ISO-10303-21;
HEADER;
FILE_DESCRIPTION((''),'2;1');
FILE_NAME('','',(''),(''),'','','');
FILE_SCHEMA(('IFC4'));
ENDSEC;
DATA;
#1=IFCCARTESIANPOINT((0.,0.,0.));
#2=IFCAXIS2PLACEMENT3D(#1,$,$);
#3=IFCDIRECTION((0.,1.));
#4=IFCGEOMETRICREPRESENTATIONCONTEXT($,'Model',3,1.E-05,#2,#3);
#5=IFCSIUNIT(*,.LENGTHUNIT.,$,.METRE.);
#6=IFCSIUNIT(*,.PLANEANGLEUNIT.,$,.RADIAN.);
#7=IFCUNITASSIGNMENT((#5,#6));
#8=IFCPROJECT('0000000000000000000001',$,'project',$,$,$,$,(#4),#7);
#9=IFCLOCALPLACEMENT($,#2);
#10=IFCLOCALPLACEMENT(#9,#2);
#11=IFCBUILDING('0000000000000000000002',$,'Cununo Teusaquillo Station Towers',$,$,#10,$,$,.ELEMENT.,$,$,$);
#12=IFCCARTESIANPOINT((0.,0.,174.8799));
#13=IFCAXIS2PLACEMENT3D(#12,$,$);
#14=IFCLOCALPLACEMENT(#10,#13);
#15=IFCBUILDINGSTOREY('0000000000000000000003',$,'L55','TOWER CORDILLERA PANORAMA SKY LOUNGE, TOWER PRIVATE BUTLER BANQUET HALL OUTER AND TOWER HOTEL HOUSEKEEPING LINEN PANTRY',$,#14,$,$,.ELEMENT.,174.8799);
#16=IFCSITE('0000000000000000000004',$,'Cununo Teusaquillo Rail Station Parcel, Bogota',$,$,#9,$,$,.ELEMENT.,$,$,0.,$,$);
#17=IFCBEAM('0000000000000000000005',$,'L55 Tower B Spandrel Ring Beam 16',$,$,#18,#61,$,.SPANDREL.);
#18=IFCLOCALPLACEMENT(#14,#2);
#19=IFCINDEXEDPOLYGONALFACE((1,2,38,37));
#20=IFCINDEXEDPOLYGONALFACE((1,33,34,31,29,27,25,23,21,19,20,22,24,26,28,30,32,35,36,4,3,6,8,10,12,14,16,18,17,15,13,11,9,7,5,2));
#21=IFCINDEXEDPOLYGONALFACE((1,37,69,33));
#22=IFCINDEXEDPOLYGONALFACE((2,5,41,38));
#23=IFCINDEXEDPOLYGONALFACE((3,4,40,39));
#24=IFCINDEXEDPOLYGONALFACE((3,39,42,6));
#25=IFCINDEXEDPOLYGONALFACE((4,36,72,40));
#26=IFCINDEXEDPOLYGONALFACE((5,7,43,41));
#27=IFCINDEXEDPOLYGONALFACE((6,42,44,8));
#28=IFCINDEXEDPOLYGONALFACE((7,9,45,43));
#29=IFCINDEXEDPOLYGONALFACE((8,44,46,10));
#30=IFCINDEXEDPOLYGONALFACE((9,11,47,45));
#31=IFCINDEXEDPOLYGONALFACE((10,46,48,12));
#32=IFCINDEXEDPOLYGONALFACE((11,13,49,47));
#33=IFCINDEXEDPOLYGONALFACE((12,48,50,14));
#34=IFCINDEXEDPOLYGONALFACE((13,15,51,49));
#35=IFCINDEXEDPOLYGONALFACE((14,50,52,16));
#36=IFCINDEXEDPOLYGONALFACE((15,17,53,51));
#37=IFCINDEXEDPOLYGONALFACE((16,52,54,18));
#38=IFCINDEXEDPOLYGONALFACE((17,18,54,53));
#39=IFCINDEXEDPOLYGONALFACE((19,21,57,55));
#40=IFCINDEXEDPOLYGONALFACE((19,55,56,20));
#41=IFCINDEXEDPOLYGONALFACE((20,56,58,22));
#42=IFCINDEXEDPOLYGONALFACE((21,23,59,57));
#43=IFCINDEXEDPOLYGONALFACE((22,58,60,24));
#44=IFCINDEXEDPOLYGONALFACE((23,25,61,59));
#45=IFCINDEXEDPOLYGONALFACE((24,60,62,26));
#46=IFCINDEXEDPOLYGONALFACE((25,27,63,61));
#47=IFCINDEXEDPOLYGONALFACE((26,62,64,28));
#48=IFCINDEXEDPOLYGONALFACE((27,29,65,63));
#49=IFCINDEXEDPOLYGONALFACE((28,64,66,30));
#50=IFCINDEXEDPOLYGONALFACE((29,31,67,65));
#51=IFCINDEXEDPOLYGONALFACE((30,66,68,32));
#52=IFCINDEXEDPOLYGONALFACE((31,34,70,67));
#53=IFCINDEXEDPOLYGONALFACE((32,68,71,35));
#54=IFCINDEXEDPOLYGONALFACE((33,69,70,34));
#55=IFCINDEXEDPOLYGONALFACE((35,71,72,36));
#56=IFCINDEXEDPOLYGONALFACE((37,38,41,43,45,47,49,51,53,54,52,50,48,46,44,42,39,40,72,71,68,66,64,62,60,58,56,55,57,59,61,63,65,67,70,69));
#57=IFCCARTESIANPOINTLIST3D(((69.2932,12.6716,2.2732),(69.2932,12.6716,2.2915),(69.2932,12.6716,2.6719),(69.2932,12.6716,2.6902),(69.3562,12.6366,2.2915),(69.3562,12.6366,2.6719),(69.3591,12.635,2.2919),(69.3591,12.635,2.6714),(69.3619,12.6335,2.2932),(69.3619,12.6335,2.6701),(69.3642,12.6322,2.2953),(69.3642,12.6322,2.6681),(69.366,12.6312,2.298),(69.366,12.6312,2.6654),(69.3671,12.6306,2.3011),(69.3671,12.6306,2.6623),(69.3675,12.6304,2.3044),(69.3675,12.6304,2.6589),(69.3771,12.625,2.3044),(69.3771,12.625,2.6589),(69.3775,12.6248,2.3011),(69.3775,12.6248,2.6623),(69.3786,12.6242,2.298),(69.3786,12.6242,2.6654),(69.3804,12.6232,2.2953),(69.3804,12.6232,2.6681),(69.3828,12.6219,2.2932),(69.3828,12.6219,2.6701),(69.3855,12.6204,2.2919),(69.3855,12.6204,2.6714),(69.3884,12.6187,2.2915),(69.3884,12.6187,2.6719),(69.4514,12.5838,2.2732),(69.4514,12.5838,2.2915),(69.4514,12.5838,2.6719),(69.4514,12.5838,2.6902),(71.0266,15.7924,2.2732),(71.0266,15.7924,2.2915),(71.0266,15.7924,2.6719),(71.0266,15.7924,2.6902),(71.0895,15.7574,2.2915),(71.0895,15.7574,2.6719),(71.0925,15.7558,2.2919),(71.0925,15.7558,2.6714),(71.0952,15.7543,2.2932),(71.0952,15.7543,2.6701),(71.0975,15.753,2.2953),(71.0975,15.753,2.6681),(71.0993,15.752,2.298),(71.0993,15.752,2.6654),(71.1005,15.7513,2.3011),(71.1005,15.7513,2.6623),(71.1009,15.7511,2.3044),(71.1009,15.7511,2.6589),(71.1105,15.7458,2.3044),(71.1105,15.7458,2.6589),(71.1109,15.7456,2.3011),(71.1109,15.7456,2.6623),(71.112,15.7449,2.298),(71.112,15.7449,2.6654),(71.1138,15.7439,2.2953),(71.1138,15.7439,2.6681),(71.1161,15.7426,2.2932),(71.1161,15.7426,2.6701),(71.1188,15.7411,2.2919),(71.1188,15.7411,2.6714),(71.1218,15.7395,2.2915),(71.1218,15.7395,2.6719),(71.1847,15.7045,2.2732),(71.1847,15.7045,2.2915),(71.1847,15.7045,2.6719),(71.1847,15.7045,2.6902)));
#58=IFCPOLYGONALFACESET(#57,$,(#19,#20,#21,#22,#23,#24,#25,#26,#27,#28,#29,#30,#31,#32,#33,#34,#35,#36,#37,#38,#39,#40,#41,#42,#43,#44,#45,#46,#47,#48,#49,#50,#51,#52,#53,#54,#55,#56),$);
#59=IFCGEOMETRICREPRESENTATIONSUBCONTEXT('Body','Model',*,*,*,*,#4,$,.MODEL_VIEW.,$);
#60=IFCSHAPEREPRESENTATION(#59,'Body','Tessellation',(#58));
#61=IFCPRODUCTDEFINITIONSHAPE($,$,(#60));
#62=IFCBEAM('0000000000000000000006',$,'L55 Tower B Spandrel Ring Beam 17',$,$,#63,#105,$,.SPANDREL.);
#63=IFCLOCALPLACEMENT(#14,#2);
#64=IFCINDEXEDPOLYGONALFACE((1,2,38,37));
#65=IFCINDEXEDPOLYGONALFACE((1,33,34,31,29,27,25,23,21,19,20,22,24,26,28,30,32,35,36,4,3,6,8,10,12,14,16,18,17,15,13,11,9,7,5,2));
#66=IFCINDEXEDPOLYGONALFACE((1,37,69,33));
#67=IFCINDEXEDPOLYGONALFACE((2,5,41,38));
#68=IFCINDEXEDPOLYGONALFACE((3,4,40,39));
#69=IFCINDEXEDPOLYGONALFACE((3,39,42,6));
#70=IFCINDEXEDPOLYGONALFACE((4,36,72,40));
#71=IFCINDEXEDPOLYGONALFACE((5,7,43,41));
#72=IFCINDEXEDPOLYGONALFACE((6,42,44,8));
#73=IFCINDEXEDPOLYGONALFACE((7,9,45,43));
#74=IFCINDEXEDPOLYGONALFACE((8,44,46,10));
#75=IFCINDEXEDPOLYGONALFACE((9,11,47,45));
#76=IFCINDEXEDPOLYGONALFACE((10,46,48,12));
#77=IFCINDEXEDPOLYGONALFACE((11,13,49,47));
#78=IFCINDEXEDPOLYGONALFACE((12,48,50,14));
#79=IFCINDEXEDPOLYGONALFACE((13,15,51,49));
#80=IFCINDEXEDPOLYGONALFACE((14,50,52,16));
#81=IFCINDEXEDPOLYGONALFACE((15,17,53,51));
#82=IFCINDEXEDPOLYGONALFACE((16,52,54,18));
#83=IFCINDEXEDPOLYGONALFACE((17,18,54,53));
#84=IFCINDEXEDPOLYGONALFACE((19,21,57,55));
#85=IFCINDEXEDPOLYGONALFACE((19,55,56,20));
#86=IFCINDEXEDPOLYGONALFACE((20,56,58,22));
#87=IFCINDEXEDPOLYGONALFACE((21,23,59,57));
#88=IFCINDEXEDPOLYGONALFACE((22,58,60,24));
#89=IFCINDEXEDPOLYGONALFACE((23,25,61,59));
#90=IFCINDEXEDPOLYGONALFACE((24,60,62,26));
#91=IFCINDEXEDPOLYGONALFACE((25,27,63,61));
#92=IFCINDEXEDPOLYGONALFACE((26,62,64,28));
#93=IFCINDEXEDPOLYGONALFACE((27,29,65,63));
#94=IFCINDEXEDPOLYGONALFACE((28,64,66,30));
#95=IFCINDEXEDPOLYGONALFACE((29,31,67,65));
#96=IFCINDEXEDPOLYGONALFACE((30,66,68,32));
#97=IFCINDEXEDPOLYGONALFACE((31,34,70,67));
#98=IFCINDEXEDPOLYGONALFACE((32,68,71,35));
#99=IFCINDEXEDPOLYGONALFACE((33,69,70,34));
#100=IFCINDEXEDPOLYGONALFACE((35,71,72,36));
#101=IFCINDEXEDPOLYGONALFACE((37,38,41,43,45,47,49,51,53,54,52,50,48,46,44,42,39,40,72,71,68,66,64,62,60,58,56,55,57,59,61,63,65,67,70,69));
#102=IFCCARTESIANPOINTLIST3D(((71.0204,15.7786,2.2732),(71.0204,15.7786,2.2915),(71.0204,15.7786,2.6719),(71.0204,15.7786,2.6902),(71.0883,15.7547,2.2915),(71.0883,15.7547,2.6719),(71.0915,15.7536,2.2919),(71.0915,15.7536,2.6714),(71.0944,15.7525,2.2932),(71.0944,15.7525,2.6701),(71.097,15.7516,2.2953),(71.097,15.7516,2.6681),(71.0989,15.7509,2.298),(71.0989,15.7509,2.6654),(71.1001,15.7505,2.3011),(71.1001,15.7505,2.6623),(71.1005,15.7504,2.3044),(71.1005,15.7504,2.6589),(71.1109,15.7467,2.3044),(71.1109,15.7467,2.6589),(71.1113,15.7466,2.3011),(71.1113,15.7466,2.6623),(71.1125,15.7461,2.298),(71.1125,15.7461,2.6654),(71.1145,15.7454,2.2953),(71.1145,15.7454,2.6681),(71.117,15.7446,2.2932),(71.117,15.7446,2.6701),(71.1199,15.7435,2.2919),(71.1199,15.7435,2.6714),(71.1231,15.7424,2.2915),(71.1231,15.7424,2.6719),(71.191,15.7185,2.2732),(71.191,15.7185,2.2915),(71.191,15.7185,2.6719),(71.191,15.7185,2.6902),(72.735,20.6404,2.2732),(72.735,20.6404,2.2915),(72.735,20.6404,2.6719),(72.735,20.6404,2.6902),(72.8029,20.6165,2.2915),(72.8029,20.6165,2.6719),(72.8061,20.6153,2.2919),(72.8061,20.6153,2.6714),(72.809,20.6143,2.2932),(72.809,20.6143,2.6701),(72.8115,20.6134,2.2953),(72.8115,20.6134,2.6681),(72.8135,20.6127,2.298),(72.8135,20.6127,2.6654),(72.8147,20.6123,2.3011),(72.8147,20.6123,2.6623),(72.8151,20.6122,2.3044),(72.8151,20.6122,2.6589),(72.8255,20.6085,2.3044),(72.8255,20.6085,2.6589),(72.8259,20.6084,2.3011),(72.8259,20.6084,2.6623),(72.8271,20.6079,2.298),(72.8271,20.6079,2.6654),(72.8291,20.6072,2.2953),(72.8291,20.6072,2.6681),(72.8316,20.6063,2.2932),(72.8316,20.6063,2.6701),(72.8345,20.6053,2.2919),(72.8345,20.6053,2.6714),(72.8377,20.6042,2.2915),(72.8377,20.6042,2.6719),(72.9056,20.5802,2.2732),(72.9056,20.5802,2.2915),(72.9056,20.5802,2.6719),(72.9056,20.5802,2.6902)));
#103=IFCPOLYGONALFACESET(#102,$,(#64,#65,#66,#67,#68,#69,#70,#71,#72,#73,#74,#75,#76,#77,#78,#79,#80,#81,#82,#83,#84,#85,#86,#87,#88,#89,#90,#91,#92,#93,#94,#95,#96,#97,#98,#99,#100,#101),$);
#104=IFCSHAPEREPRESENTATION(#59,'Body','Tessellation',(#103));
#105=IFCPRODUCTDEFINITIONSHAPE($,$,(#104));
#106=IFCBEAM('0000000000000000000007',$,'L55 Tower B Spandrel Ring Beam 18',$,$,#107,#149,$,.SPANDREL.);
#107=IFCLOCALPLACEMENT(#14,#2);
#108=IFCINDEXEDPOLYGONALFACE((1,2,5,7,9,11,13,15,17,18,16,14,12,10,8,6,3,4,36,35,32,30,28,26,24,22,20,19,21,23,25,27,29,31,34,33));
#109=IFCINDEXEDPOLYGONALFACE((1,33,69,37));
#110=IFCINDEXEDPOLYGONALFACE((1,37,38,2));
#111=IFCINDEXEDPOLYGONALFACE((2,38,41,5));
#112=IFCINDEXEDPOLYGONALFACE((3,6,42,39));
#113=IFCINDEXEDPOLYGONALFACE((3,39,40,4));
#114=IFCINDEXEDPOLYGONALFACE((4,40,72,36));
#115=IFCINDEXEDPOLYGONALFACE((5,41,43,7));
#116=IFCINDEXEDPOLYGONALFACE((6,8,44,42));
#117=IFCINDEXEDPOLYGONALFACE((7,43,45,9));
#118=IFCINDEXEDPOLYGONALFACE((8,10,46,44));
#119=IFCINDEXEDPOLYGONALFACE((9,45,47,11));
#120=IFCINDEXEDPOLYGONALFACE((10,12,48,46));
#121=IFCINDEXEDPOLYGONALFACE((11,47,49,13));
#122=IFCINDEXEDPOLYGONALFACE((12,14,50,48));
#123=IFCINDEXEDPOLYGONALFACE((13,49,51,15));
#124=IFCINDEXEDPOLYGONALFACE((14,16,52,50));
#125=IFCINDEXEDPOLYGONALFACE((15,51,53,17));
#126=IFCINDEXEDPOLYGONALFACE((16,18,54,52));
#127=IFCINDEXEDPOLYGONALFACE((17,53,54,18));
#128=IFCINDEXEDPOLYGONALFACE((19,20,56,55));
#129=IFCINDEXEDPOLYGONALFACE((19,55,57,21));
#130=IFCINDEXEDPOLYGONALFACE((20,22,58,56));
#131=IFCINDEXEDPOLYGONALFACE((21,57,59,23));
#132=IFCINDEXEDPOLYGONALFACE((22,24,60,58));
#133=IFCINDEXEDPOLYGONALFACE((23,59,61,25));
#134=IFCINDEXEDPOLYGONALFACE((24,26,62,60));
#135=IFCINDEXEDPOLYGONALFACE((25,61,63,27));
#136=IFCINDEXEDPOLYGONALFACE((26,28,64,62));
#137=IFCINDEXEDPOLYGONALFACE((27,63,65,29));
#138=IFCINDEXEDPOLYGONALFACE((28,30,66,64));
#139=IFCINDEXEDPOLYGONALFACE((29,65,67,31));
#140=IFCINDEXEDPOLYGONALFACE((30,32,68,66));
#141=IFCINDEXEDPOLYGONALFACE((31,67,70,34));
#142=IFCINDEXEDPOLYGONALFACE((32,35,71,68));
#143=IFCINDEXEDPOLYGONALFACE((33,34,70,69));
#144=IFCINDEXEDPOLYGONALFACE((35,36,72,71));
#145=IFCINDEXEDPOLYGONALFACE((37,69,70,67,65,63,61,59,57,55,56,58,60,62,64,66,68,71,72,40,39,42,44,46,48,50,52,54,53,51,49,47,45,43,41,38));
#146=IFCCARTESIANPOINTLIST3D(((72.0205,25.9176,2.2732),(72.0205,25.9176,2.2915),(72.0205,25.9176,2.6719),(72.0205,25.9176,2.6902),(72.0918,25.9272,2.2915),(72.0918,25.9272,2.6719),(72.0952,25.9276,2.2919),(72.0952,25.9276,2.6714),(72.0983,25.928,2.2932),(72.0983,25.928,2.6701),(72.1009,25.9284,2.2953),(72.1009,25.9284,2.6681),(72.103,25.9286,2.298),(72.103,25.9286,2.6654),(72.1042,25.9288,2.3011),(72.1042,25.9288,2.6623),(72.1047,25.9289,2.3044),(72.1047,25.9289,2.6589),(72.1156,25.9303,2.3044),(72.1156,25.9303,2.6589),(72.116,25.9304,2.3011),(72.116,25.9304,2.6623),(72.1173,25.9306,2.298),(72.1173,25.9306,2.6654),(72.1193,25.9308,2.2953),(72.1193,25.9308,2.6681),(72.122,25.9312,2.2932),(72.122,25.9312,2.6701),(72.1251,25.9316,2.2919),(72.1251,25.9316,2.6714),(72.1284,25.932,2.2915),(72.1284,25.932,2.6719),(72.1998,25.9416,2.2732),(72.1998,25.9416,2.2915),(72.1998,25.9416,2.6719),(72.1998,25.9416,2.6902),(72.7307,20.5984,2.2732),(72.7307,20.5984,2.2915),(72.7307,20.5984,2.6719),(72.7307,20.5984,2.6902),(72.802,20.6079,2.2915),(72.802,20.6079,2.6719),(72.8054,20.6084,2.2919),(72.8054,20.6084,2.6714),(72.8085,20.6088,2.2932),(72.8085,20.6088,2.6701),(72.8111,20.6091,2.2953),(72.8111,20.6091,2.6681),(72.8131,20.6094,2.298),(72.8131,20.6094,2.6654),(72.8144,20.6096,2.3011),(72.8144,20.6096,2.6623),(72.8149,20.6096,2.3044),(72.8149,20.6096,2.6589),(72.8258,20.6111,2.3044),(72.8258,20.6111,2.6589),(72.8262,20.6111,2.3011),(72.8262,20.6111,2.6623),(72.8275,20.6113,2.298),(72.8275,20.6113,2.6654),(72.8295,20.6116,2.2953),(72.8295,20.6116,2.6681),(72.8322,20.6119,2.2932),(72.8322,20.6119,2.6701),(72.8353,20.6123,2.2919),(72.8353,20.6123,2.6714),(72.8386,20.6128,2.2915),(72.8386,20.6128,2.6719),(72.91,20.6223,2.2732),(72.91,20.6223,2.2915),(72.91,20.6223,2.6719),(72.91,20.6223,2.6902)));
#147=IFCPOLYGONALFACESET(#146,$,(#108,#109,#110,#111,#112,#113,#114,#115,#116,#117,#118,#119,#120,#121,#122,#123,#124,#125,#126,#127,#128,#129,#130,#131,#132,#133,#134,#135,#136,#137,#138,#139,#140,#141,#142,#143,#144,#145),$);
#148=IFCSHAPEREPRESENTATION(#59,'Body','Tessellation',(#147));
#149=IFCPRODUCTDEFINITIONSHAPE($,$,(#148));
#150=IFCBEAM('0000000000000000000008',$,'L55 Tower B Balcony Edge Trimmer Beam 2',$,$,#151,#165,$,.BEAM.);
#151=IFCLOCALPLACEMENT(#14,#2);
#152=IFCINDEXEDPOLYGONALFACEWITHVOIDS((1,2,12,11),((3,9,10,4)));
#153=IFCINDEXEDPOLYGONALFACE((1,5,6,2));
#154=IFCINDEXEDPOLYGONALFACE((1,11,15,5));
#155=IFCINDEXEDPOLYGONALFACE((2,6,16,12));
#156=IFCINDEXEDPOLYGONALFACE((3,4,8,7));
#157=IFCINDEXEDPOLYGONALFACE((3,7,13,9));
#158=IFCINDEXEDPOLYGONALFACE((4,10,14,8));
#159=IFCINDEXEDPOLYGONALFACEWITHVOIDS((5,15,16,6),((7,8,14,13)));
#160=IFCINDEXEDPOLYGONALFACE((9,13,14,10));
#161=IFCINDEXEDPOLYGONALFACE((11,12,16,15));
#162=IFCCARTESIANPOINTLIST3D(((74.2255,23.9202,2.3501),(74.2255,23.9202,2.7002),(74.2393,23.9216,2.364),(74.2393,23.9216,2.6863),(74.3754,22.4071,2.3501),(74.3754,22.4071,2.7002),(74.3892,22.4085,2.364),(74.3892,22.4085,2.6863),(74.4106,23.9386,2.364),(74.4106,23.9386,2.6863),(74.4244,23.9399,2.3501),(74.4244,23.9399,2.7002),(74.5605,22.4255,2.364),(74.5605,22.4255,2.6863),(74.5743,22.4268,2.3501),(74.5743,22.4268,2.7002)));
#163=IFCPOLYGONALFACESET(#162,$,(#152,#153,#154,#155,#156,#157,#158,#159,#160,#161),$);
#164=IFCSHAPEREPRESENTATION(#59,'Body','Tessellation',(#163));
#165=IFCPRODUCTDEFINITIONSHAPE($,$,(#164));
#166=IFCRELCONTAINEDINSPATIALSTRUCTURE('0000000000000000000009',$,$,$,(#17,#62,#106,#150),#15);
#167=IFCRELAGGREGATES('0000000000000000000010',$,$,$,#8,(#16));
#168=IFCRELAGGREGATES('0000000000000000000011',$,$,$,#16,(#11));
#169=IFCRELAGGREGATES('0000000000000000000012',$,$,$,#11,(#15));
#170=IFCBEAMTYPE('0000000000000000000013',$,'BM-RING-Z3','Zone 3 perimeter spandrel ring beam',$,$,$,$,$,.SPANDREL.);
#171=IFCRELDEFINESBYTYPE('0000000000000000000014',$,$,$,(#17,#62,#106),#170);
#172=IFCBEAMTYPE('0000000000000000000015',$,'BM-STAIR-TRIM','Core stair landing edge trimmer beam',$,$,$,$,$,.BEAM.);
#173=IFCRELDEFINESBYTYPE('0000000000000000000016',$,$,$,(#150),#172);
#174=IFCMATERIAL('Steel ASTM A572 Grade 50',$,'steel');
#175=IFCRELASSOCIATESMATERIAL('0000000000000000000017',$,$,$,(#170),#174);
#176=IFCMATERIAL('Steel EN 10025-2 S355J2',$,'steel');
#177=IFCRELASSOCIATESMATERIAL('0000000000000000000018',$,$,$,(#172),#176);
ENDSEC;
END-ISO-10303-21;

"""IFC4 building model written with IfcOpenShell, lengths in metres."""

from ifc_helpers import new_model, si_unit, direction, frame, origin, origin_2d, place, context, subcontext, project, spatial, hollow_rectangle, i_section, extrude, material, material_profile, profile_set, type_object, element, save


model = new_model("IFC4")

# Units and contexts
model_context = context("Model", 3, precision=1e-05, world=origin(), true_north=direction((0.0, 1.0)))
body_context = subcontext(model_context, "Body", "Model", "MODEL_VIEW")
ifc_project = project(units=[si_unit("LENGTHUNIT", "METRE"), si_unit("PLANEANGLEUNIT", "RADIAN")], contexts=[model_context])

# Site, building, storey
site_placement = place(None, origin())
site = spatial("IfcSite", under=ifc_project, at=site_placement, Name="Cununo Teusaquillo Rail Station Parcel, Bogota", CompositionType="ELEMENT", RefElevation=0.0)
building_placement = place(site_placement, origin())
building = spatial("IfcBuilding", under=site, at=building_placement, Name="Cununo Teusaquillo Station Towers", CompositionType="ELEMENT")
storey_placement = place(building_placement, frame((0.0, 0.0, 174.8799)))
storey = spatial("IfcBuildingStorey", under=building, at=storey_placement, Name="L55", Description="TOWER CORDILLERA PANORAMA SKY LOUNGE, TOWER PRIVATE BUTLER BANQUET HALL OUTER AND TOWER HOTEL HOUSEKEEPING LINEN PANTRY", CompositionType="ELEMENT", Elevation=174.8799)

# Beams
ifc_material_1 = material(Name="Steel ASTM A572 Grade 50", Category="steel")
ifc_material_profile_1 = material_profile(ifc_material_1, i_section(OverallWidth=0.1809, OverallDepth=0.417, WebThickness=0.011, FlangeThickness=0.0183, FilletRadius=0.0129, at=origin_2d()), Name="W16X57")
ifc_profile_set_1 = profile_set([ifc_material_profile_1], Name="Steel ASTM A572 Grade 50")
beam_type_1 = type_object("IfcBeamType", Name="BM-RING-Z3", Description="Zone 3 perimeter spandrel ring beam", PredefinedType="SPANDREL", material=ifc_profile_set_1)
for number, where, z_axis, x_axis, name in (
    (1, (69.3723, 12.6277, 2.4817), (0.485556, 0.874206, 0.0), (-0.874206, 0.485556, 0.0), "L55 Tower B Spandrel Ring Beam 16"),
):
    element("IfcBeam", number, at=place(storey_placement, frame(where, z_axis=z_axis, x_axis=x_axis)), inside=storey, type_object=beam_type_1, Name=name, PredefinedType="SPANDREL", context=body_context, shape_type="SweptSolid", body=[
        extrude(i_section(OverallWidth=0.1809, OverallDepth=0.417, WebThickness=0.011, FlangeThickness=0.0183, FilletRadius=0.0129, at=origin_2d()), origin(), (0.0, 0.0, 1.0), 3.5698),
    ])
beam_1_placement = place(storey_placement, frame((71.1057, 15.7485, 2.4817), z_axis=(0.33259, 0.943072, 0.0), x_axis=(-0.943072, 0.33259, 0.0)))
element("IfcBeam", 2, at=beam_1_placement, inside=storey, type_object=beam_type_1, Name="L55 Tower B Spandrel Ring Beam 17", PredefinedType="SPANDREL", context=body_context, shape_type="SweptSolid", body=[
    extrude(i_section(OverallWidth=0.1809, OverallDepth=0.417, WebThickness=0.011, FlangeThickness=0.0183, FilletRadius=0.0129, at=origin_2d()), origin(), (0.0, 0.0, 1.0), 5.1553),
])
beam_2_placement = place(storey_placement, frame((72.8203, 20.6104, 2.4817), z_axis=(-0.13234, 0.991204, 0.0), x_axis=(-0.991204, -0.13234, 0.0)))
element("IfcBeam", 3, at=beam_2_placement, inside=storey, type_object=beam_type_1, Name="L55 Tower B Spandrel Ring Beam 18", PredefinedType="SPANDREL", context=body_context, shape_type="SweptSolid", body=[
    extrude(i_section(OverallWidth=0.1809, OverallDepth=0.417, WebThickness=0.011, FlangeThickness=0.0183, FilletRadius=0.0129, at=origin_2d()), origin(), (0.0, 0.0, 1.0), 5.3665),
])
ifc_material_2 = material(Name="Steel EN 10025-2 S355J2", Category="steel")
ifc_material_profile_2 = material_profile(ifc_material_2, hollow_rectangle(XDim=0.2, YDim=0.3501, WallThickness=0.0139, at=origin_2d()), Name="RHS 350x200x14")
ifc_profile_set_2 = profile_set([ifc_material_profile_2], Name="Steel EN 10025-2 S355J2")
beam_type_2 = type_object("IfcBeamType", Name="BM-STAIR-TRIM", Description="Core stair landing edge trimmer beam", PredefinedType="BEAM", material=ifc_profile_set_2)
beam_3_placement = place(storey_placement, frame((74.4749, 22.417, 2.5251), z_axis=(-0.098582, 0.995129, 0.0), x_axis=(-0.995129, -0.098582, 0.0)))
element("IfcBeam", 4, at=beam_3_placement, inside=storey, type_object=beam_type_2, Name="L55 Tower B Balcony Edge Trimmer Beam 2", PredefinedType="BEAM", context=body_context, shape_type="SweptSolid", body=[
    extrude(hollow_rectangle(XDim=0.2, YDim=0.3501, WallThickness=0.0139, at=origin_2d()), origin(), (0.0, 0.0, 1.0), 1.5205),
])

save(model, "model.ifc")
